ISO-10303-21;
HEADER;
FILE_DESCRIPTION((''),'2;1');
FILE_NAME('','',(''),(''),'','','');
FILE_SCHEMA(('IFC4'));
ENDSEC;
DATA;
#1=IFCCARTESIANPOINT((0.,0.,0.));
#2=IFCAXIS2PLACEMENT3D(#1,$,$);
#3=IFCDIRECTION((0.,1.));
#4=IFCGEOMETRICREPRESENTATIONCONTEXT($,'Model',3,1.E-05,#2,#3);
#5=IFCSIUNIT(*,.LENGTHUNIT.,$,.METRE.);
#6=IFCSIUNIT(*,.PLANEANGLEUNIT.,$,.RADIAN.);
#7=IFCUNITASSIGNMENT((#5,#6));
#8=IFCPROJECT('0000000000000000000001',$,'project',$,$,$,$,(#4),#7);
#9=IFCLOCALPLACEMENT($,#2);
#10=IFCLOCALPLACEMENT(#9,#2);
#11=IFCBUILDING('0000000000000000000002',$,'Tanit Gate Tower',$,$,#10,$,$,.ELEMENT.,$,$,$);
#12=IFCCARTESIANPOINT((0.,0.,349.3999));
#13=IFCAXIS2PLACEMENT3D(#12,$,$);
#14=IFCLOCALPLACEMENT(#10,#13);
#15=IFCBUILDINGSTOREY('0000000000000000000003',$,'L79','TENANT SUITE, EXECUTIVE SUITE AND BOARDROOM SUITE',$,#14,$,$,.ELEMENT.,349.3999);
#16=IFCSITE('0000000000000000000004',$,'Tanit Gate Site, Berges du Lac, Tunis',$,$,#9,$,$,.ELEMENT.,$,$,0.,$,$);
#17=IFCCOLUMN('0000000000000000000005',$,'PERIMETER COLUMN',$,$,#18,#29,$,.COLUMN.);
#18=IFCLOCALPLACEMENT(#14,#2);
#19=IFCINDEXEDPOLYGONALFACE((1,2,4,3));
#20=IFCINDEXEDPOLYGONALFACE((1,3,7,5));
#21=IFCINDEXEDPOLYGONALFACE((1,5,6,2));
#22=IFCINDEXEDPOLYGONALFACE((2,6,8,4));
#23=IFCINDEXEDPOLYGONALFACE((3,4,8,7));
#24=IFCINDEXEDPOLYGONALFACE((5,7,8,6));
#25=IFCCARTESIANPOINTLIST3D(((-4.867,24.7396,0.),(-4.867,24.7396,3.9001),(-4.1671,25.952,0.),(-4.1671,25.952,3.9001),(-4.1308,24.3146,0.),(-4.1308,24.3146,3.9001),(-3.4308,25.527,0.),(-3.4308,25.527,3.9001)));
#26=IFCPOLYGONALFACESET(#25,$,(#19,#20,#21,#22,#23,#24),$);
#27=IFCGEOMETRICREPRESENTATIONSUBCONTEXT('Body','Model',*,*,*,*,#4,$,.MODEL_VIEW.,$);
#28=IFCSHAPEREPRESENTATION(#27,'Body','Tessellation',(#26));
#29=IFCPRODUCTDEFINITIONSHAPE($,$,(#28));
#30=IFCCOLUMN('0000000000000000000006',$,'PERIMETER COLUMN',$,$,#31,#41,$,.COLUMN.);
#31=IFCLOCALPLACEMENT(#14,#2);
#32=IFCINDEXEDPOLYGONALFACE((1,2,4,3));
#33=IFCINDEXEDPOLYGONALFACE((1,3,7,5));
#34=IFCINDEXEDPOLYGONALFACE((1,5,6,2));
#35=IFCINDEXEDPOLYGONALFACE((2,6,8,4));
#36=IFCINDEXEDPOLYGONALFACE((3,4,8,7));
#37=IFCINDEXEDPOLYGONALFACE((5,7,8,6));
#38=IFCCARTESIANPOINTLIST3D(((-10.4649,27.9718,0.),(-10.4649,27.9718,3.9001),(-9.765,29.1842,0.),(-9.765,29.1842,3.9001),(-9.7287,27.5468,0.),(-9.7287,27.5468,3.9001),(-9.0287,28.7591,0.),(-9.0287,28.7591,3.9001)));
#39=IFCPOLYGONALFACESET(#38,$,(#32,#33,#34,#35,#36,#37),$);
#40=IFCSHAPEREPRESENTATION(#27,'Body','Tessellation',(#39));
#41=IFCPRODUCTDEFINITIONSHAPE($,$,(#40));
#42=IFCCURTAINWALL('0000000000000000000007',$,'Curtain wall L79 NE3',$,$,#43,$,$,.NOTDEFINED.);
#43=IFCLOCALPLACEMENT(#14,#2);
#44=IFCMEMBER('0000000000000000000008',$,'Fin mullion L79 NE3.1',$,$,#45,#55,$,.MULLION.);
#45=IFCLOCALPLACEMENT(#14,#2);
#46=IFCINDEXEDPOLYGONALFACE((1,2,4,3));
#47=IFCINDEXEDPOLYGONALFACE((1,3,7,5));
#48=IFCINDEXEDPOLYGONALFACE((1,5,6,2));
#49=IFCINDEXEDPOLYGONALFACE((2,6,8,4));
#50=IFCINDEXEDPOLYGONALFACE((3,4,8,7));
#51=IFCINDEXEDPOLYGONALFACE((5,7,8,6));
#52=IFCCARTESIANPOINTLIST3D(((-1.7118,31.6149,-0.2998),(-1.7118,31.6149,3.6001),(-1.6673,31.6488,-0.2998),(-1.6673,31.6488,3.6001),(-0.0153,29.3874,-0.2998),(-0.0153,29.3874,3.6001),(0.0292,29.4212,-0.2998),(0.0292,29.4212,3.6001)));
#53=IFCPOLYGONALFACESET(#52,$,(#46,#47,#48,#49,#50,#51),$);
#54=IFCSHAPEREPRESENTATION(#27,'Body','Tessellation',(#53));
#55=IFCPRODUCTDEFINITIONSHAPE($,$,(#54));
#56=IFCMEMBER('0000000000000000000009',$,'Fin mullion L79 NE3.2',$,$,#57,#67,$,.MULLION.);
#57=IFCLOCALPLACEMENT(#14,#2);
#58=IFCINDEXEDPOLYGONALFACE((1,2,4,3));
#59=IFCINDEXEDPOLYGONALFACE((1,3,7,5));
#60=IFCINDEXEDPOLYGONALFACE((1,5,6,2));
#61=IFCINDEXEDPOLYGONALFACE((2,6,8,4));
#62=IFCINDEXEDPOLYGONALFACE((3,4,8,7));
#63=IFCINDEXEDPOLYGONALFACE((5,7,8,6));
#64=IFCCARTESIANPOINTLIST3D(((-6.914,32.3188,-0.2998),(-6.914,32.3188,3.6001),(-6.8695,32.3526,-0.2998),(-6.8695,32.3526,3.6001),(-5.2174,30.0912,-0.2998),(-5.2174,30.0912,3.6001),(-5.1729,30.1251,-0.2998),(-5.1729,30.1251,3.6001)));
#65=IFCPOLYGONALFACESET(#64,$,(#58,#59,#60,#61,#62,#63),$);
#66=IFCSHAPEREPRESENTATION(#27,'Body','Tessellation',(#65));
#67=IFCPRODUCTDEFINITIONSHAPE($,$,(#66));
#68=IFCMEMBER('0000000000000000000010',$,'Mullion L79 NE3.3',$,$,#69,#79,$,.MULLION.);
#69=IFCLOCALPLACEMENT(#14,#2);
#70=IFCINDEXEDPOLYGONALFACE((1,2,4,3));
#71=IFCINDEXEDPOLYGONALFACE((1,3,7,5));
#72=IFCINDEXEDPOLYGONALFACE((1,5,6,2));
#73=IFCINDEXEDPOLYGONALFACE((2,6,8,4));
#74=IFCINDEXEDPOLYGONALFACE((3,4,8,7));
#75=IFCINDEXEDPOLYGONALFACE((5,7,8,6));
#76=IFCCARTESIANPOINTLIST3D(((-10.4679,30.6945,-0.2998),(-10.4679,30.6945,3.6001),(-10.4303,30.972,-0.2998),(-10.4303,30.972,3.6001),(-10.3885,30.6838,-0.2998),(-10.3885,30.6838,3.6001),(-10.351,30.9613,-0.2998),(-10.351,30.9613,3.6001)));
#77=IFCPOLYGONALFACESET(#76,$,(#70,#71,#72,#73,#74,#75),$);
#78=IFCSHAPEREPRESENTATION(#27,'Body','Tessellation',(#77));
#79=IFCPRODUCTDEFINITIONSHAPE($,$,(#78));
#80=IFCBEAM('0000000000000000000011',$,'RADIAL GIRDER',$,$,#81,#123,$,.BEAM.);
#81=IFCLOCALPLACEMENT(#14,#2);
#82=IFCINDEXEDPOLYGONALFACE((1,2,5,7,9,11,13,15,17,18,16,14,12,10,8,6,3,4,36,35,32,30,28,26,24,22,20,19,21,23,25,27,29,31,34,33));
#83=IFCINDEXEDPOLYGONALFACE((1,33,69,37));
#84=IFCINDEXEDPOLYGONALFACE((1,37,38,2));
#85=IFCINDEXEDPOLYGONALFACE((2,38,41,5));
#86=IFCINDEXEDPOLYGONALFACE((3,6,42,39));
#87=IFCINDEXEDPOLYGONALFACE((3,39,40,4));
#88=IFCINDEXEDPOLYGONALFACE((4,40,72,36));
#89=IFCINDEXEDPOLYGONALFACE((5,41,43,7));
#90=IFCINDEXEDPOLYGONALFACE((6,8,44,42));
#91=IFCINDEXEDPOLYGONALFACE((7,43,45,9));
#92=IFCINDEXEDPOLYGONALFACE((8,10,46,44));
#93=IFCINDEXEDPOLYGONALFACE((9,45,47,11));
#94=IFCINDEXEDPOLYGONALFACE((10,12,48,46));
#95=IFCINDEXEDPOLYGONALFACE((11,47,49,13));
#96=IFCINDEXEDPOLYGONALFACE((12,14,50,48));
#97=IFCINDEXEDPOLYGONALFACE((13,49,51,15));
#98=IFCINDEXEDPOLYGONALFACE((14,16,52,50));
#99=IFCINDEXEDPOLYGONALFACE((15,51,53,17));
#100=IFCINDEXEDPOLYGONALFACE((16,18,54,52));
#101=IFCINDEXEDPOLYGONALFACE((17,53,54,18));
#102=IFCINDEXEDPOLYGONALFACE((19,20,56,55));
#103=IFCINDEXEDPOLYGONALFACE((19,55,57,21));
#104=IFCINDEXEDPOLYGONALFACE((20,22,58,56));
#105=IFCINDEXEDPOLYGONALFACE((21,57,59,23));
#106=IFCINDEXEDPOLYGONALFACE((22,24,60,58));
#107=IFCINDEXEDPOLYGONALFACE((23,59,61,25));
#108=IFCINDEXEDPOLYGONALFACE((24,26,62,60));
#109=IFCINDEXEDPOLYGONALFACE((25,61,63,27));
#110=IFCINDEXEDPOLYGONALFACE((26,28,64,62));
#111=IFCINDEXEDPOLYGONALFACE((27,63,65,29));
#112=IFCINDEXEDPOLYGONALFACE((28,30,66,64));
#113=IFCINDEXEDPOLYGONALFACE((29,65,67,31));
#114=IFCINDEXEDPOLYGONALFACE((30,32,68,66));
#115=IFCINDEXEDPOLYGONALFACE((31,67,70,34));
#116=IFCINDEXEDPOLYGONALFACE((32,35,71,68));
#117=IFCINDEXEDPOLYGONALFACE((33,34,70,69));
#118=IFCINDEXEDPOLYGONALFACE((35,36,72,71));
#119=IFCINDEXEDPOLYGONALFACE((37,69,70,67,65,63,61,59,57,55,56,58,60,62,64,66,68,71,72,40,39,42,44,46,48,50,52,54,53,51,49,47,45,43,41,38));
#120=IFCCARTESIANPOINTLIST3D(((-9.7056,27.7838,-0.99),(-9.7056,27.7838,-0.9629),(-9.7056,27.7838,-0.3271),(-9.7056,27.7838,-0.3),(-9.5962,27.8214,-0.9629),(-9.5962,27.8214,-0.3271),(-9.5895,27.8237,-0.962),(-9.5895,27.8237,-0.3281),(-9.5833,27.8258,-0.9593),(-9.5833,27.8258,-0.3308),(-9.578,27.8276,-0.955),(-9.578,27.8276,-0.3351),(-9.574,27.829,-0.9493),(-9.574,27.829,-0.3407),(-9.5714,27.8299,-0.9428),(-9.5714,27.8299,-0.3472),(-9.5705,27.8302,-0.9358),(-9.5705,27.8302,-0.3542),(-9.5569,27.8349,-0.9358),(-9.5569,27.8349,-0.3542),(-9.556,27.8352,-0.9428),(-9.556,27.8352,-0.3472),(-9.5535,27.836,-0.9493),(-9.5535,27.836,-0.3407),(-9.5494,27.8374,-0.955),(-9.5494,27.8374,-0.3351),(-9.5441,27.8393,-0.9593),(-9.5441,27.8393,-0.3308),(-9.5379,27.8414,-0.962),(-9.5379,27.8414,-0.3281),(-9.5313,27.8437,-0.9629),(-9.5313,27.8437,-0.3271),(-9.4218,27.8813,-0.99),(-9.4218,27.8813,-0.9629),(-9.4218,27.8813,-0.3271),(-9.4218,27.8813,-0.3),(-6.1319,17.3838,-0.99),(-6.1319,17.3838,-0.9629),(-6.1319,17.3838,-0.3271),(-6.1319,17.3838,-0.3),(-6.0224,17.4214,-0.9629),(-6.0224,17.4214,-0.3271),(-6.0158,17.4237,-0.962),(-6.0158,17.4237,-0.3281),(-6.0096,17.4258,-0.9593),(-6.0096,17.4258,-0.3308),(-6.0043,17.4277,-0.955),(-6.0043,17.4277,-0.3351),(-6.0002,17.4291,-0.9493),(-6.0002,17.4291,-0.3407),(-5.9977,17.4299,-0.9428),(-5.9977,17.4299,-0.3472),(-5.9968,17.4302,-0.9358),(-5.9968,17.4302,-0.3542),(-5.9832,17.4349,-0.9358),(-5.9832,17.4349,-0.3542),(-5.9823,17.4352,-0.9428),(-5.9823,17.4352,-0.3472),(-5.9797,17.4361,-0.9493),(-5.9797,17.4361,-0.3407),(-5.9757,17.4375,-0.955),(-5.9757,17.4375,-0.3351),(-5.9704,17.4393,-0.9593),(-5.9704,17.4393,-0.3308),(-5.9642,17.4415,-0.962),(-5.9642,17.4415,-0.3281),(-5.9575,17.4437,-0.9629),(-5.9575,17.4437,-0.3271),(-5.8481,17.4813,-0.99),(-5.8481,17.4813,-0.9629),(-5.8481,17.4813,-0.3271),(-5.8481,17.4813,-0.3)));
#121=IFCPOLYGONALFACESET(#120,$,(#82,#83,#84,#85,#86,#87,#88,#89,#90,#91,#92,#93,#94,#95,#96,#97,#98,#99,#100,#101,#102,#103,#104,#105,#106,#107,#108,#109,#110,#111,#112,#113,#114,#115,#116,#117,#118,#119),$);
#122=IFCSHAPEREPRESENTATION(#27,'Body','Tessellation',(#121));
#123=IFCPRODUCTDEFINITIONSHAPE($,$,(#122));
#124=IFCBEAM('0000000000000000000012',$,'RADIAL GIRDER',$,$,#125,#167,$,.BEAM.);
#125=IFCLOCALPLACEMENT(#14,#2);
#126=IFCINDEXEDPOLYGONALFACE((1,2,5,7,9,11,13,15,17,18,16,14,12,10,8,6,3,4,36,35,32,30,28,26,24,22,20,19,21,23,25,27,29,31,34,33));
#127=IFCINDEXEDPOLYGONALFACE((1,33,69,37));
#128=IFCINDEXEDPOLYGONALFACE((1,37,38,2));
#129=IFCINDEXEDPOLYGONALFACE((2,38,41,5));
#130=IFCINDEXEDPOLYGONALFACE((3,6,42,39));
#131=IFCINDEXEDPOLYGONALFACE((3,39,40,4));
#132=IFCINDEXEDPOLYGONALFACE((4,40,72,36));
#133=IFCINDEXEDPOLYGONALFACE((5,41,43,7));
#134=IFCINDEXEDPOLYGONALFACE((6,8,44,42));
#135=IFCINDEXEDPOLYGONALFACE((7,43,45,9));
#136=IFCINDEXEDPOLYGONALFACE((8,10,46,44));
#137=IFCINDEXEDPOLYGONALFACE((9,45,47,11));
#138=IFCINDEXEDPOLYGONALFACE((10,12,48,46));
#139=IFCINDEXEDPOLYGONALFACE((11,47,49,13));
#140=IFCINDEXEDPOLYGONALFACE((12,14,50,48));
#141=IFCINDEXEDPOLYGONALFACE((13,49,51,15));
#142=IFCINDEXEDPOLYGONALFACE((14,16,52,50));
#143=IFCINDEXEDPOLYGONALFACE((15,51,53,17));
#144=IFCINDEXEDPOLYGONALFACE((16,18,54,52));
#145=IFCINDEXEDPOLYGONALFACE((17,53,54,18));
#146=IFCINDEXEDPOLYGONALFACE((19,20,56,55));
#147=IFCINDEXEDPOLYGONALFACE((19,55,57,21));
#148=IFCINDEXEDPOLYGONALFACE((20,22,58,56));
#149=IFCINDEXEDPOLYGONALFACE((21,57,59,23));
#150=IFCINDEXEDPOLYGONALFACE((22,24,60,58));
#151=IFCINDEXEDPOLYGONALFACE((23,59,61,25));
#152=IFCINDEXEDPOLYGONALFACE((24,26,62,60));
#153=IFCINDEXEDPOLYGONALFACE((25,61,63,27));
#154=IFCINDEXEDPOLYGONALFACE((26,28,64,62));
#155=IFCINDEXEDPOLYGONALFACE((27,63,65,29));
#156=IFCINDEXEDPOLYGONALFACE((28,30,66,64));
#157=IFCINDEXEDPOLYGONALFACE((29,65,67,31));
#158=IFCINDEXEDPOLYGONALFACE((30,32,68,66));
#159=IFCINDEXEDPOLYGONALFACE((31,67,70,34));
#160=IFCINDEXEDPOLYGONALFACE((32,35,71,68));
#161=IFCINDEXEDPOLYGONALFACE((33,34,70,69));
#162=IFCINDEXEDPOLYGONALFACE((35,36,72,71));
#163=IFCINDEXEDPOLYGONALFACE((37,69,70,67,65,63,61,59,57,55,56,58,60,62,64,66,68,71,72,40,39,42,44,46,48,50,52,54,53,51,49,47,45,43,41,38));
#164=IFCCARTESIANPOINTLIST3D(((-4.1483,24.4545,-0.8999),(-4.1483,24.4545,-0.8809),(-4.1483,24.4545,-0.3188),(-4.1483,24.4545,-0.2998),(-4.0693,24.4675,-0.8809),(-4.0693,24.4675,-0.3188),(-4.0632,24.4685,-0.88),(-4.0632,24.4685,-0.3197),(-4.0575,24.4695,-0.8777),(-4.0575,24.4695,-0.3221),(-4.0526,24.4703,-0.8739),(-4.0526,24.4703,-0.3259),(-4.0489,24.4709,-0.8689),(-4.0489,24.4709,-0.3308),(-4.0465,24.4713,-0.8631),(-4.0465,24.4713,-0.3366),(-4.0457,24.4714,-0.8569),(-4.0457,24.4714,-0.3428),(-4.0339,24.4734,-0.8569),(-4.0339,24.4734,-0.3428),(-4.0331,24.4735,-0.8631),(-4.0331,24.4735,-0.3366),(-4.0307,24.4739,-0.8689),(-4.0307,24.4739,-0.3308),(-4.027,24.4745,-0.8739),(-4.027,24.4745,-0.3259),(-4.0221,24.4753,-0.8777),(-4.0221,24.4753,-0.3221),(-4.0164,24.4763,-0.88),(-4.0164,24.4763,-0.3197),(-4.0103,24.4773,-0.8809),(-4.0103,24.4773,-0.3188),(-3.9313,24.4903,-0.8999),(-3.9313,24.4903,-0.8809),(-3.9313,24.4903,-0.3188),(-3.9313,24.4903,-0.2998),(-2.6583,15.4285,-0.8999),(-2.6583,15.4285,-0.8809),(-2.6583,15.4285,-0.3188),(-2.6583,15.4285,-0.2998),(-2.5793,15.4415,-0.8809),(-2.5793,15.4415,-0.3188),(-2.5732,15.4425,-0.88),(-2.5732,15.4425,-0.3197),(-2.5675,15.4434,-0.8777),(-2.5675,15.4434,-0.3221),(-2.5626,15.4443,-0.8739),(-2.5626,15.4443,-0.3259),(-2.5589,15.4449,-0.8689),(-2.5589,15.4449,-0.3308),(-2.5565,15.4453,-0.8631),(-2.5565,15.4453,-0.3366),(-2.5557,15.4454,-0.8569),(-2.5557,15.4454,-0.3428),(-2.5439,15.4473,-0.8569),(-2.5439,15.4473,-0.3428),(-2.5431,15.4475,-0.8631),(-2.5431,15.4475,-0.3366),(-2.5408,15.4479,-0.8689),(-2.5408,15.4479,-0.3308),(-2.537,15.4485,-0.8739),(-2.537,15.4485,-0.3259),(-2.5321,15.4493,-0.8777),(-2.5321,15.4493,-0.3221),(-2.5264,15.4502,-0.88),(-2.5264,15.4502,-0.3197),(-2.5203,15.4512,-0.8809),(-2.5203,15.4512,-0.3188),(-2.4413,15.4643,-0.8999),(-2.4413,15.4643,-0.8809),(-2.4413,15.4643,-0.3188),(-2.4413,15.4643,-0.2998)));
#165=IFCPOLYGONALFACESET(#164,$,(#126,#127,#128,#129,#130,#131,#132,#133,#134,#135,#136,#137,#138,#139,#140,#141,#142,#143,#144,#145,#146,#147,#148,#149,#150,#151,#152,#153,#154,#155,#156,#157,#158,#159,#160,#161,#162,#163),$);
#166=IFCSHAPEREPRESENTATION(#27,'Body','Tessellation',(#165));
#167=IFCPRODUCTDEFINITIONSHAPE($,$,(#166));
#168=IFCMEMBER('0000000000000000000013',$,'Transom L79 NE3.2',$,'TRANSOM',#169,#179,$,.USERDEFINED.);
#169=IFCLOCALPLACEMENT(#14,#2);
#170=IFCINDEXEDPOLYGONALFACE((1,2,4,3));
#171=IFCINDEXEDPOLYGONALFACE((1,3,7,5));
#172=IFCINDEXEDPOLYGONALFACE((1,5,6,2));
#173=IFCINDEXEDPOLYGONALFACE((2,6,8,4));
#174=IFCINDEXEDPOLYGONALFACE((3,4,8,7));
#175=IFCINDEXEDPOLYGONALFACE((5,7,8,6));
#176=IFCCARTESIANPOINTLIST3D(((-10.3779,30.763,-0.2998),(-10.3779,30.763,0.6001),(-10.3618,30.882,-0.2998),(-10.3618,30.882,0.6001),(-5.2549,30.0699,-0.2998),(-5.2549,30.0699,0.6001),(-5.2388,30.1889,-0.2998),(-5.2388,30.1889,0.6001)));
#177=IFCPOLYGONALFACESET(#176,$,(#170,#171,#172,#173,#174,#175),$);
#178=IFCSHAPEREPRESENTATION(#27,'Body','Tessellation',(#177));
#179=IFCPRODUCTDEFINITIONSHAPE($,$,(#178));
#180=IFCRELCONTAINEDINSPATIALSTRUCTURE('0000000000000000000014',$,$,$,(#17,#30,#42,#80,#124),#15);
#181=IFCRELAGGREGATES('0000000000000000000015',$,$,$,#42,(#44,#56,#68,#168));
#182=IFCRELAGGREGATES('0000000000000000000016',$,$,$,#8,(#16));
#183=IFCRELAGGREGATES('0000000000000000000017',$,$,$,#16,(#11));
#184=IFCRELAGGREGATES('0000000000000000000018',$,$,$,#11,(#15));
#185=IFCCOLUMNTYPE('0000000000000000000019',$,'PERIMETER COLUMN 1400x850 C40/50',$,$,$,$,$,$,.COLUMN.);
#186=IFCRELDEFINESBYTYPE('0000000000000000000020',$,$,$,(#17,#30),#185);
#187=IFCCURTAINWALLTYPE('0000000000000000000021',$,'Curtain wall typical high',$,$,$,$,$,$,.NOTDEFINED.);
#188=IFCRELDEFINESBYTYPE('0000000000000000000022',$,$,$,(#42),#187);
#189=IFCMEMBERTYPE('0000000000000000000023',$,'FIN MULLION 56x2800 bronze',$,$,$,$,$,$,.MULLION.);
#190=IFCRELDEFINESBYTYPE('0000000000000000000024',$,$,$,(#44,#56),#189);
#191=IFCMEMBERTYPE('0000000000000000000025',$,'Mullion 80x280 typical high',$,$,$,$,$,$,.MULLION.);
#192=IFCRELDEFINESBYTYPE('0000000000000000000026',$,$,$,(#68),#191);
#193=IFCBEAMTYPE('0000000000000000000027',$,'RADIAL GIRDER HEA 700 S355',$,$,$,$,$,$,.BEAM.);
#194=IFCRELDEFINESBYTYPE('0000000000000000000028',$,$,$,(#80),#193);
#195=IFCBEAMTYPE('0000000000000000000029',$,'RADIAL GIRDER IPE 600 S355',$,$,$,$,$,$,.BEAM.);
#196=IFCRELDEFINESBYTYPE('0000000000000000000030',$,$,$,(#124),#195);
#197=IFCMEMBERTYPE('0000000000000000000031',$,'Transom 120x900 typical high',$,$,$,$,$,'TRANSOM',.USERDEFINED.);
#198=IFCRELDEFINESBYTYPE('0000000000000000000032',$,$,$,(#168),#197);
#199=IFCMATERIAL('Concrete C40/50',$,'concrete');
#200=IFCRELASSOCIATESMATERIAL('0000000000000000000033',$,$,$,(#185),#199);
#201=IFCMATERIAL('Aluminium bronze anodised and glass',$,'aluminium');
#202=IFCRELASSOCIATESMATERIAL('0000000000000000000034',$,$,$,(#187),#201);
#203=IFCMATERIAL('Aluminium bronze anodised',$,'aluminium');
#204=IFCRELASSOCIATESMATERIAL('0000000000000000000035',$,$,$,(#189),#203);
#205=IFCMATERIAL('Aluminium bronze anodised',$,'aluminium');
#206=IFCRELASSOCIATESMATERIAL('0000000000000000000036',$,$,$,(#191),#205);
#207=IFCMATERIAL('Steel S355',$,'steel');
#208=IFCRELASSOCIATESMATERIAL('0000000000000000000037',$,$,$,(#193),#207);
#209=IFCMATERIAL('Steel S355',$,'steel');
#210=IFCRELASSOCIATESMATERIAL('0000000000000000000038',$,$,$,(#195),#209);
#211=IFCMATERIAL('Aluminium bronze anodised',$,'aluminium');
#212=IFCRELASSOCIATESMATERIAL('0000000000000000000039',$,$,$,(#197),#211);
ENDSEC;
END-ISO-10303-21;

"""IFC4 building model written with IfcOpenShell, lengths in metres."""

from ifc_helpers import new_model, si_unit, direction, frame, origin, origin_2d, place, context, subcontext, project, spatial, rectangle, i_section, extrude, material, material_profile, profile_set, type_object, element, aggregate, save


model = new_model("IFC4")

# Units and contexts
model_context = context("Model", 3, precision=1e-05, world=origin(), true_north=direction((0.0, 1.0)))
body_context = subcontext(model_context, "Body", "Model", "MODEL_VIEW")
ifc_project = project(units=[si_unit("LENGTHUNIT", "METRE"), si_unit("PLANEANGLEUNIT", "RADIAN")], contexts=[model_context])

# Site, building, storey
site_placement = place(None, origin())
site = spatial("IfcSite", under=ifc_project, at=site_placement, Name="Tanit Gate Site, Berges du Lac, Tunis", CompositionType="ELEMENT", RefElevation=0.0)
building_placement = place(site_placement, origin())
building = spatial("IfcBuilding", under=site, at=building_placement, Name="Tanit Gate Tower", CompositionType="ELEMENT")
storey_placement = place(building_placement, frame((0.0, 0.0, 349.3999)))
storey = spatial("IfcBuildingStorey", under=building, at=storey_placement, Name="L79", Description="TENANT SUITE, EXECUTIVE SUITE AND BOARDROOM SUITE", CompositionType="ELEMENT", Elevation=349.3999)

# Columns
ifc_material_1 = material(Name="Concrete C40/50", Category="concrete")
ifc_material_profile_1 = material_profile(ifc_material_1, rectangle(XDim=1.3999, YDim=0.8501, at=origin_2d()), Name="RC 1400x850")
ifc_profile_set_1 = profile_set([ifc_material_profile_1], Name="Concrete C40/50")
column_type = type_object("IfcColumnType", Name="PERIMETER COLUMN 1400x850 C40/50", PredefinedType="COLUMN", material=ifc_profile_set_1)
for number, where, z_axis, x_axis, name in (
    (1, (-4.1489, 25.1333, 0.0), (0.0, 0.0, 1.0), (0.5, 0.866025, 0.0), "PERIMETER COLUMN"),
    (2, (-9.7468, 28.3655, 0.0), (0.0, 0.0, 1.0), (0.5, 0.866025, 0.0), "PERIMETER COLUMN"),
):
    element("IfcColumn", number, at=place(storey_placement, frame(where, z_axis=z_axis, x_axis=x_axis)), inside=storey, type_object=column_type, Name=name, PredefinedType="COLUMN", context=body_context, shape_type="SweptSolid", body=[
        extrude(rectangle(XDim=1.3999, YDim=0.8501, at=origin_2d()), origin(), (0.0, 0.0, 1.0), 3.9001),
    ])

# Curtain wall, members
ifc_material_2 = material(Name="Aluminium bronze anodised and glass", Category="aluminium")
curtain_wall_type = type_object("IfcCurtainWallType", Name="Curtain wall typical high", PredefinedType="NOTDEFINED", material=ifc_material_2)
curtain_wall_placement = place(storey_placement, origin())
curtain_wall = element("IfcCurtainWall", 3, at=curtain_wall_placement, inside=storey, type_object=curtain_wall_type, Name="Curtain wall L79 NE3", PredefinedType="NOTDEFINED")
ifc_material_3 = material(Name="Aluminium bronze anodised", Category="aluminium")
ifc_material_profile_2 = material_profile(ifc_material_3, rectangle(XDim=2.8, YDim=0.0559, at=origin_2d()), Name="56x2800 bronze fin mullion")
ifc_profile_set_2 = profile_set([ifc_material_profile_2], Name="Aluminium bronze anodised")
member_type_1 = type_object("IfcMemberType", Name="FIN MULLION 56x2800 bronze", PredefinedType="MULLION", material=ifc_profile_set_2)
member_1_placement = place(storey_placement, frame((-0.8413, 30.5181, -0.2998), z_axis=(0.0, 0.0, 1.0), x_axis=(0.605901, -0.79554, 0.0)))
member_1 = element("IfcMember", 4, at=member_1_placement, type_object=member_type_1, Name="Fin mullion L79 NE3.1", PredefinedType="MULLION", context=body_context, shape_type="SweptSolid", body=[
    extrude(rectangle(XDim=2.8, YDim=0.0559, at=origin_2d()), origin(), (0.0, 0.0, 1.0), 3.8999),
])
member_2_placement = place(storey_placement, frame((-6.0435, 31.2219, -0.2998), z_axis=(0.0, 0.0, 1.0), x_axis=(0.605901, -0.79554, 0.0)))
member_2 = element("IfcMember", 5, at=member_2_placement, type_object=member_type_1, Name="Fin mullion L79 NE3.2", PredefinedType="MULLION", context=body_context, shape_type="SweptSolid", body=[
    extrude(rectangle(XDim=2.8, YDim=0.0559, at=origin_2d()), origin(), (0.0, 0.0, 1.0), 3.8999),
])
ifc_material_4 = material(Name="Aluminium bronze anodised", Category="aluminium")
ifc_material_profile_3 = material_profile(ifc_material_4, rectangle(XDim=0.28, YDim=0.0801, at=origin_2d()), Name="80x280 bronze mullion")
ifc_profile_set_3 = profile_set([ifc_material_profile_3], Name="Aluminium bronze anodised")
member_type_2 = type_object("IfcMemberType", Name="Mullion 80x280 typical high", PredefinedType="MULLION", material=ifc_profile_set_3)
member_3_placement = place(storey_placement, frame((-10.4094, 30.8279, -0.2998), z_axis=(0.0, 0.0, 1.0), x_axis=(-0.134094, -0.990969, 0.0)))
member_3 = element("IfcMember", 6, at=member_3_placement, type_object=member_type_2, Name="Mullion L79 NE3.3", PredefinedType="MULLION", context=body_context, shape_type="SweptSolid", body=[
    extrude(rectangle(XDim=0.28, YDim=0.0801, at=origin_2d()), origin(), (0.0, 0.0, 1.0), 3.8999),
])

# Beams
ifc_material_5 = material(Name="Steel S355", Category="steel")
ifc_material_profile_4 = material_profile(ifc_material_5, i_section(OverallWidth=0.3, OverallDepth=0.6899, WebThickness=0.0144, FlangeThickness=0.0271, FilletRadius=0.0271, at=origin_2d()), Name="HEA 700")
ifc_profile_set_4 = profile_set([ifc_material_profile_4], Name="Steel S355")
beam_type_1 = type_object("IfcBeamType", Name="RADIAL GIRDER HEA 700 S355", PredefinedType="BEAM", material=ifc_profile_set_4)
beam_1_placement = place(storey_placement, frame((-9.5637, 27.8325, -0.645), z_axis=(0.324979, -0.945721, 0.0), x_axis=(0.945721, 0.324979, 0.0)))
element("IfcBeam", 7, at=beam_1_placement, inside=storey, type_object=beam_type_1, Name="RADIAL GIRDER", PredefinedType="BEAM", context=body_context, shape_type="SweptSolid", body=[
    extrude(i_section(OverallWidth=0.3, OverallDepth=0.6899, WebThickness=0.0144, FlangeThickness=0.0271, FilletRadius=0.0271, at=origin_2d()), origin(), (0.0, 0.0, 1.0), 10.9968),
])
ifc_material_6 = material(Name="Steel S355", Category="steel")
ifc_material_profile_5 = material_profile(ifc_material_6, i_section(OverallWidth=0.22, OverallDepth=0.6001, WebThickness=0.012, FlangeThickness=0.019, FilletRadius=0.0239, at=origin_2d()), Name="IPE 600")
ifc_profile_set_5 = profile_set([ifc_material_profile_5], Name="Steel S355")
beam_type_2 = type_object("IfcBeamType", Name="RADIAL GIRDER IPE 600 S355", PredefinedType="BEAM", material=ifc_profile_set_5)
beam_2_placement = place(storey_placement, frame((-4.0398, 24.4724, -0.5999), z_axis=(0.162871, -0.986647, 0.0), x_axis=(0.986647, 0.162871, 0.0)))
element("IfcBeam", 8, at=beam_2_placement, inside=storey, type_object=beam_type_2, Name="RADIAL GIRDER", PredefinedType="BEAM", context=body_context, shape_type="SweptSolid", body=[
    extrude(i_section(OverallWidth=0.22, OverallDepth=0.6001, WebThickness=0.012, FlangeThickness=0.019, FilletRadius=0.0239, at=origin_2d()), origin(), (0.0, 0.0, 1.0), 9.1482),
])

# Member
ifc_material_7 = material(Name="Aluminium bronze anodised", Category="aluminium")
ifc_material_profile_6 = material_profile(ifc_material_7, rectangle(XDim=0.1201, YDim=0.8999, at=origin_2d()), Name="120x900 bronze transom")
ifc_profile_set_6 = profile_set([ifc_material_profile_6], Name="Aluminium bronze anodised")
member_type_3 = type_object("IfcMemberType", Name="Transom 120x900 typical high", ElementType="TRANSOM", PredefinedType="USERDEFINED", material=ifc_profile_set_6)
member_4_placement = place(storey_placement, frame((-5.2468, 30.1294, 0.1501), z_axis=(-0.990972, 0.134072, 0.0), x_axis=(-0.134072, -0.990972, 0.0)))
member_4 = element("IfcMember", 9, at=member_4_placement, type_object=member_type_3, Name="Transom L79 NE3.2", ObjectType="TRANSOM", PredefinedType="USERDEFINED", context=body_context, shape_type="SweptSolid", body=[
    extrude(rectangle(XDim=0.1201, YDim=0.8999, at=origin_2d()), origin(), (0.0, 0.0, 1.0), 5.1697),
])

aggregate(curtain_wall, [member_1, member_2, member_3, member_4])

save(model, "model.ifc")
